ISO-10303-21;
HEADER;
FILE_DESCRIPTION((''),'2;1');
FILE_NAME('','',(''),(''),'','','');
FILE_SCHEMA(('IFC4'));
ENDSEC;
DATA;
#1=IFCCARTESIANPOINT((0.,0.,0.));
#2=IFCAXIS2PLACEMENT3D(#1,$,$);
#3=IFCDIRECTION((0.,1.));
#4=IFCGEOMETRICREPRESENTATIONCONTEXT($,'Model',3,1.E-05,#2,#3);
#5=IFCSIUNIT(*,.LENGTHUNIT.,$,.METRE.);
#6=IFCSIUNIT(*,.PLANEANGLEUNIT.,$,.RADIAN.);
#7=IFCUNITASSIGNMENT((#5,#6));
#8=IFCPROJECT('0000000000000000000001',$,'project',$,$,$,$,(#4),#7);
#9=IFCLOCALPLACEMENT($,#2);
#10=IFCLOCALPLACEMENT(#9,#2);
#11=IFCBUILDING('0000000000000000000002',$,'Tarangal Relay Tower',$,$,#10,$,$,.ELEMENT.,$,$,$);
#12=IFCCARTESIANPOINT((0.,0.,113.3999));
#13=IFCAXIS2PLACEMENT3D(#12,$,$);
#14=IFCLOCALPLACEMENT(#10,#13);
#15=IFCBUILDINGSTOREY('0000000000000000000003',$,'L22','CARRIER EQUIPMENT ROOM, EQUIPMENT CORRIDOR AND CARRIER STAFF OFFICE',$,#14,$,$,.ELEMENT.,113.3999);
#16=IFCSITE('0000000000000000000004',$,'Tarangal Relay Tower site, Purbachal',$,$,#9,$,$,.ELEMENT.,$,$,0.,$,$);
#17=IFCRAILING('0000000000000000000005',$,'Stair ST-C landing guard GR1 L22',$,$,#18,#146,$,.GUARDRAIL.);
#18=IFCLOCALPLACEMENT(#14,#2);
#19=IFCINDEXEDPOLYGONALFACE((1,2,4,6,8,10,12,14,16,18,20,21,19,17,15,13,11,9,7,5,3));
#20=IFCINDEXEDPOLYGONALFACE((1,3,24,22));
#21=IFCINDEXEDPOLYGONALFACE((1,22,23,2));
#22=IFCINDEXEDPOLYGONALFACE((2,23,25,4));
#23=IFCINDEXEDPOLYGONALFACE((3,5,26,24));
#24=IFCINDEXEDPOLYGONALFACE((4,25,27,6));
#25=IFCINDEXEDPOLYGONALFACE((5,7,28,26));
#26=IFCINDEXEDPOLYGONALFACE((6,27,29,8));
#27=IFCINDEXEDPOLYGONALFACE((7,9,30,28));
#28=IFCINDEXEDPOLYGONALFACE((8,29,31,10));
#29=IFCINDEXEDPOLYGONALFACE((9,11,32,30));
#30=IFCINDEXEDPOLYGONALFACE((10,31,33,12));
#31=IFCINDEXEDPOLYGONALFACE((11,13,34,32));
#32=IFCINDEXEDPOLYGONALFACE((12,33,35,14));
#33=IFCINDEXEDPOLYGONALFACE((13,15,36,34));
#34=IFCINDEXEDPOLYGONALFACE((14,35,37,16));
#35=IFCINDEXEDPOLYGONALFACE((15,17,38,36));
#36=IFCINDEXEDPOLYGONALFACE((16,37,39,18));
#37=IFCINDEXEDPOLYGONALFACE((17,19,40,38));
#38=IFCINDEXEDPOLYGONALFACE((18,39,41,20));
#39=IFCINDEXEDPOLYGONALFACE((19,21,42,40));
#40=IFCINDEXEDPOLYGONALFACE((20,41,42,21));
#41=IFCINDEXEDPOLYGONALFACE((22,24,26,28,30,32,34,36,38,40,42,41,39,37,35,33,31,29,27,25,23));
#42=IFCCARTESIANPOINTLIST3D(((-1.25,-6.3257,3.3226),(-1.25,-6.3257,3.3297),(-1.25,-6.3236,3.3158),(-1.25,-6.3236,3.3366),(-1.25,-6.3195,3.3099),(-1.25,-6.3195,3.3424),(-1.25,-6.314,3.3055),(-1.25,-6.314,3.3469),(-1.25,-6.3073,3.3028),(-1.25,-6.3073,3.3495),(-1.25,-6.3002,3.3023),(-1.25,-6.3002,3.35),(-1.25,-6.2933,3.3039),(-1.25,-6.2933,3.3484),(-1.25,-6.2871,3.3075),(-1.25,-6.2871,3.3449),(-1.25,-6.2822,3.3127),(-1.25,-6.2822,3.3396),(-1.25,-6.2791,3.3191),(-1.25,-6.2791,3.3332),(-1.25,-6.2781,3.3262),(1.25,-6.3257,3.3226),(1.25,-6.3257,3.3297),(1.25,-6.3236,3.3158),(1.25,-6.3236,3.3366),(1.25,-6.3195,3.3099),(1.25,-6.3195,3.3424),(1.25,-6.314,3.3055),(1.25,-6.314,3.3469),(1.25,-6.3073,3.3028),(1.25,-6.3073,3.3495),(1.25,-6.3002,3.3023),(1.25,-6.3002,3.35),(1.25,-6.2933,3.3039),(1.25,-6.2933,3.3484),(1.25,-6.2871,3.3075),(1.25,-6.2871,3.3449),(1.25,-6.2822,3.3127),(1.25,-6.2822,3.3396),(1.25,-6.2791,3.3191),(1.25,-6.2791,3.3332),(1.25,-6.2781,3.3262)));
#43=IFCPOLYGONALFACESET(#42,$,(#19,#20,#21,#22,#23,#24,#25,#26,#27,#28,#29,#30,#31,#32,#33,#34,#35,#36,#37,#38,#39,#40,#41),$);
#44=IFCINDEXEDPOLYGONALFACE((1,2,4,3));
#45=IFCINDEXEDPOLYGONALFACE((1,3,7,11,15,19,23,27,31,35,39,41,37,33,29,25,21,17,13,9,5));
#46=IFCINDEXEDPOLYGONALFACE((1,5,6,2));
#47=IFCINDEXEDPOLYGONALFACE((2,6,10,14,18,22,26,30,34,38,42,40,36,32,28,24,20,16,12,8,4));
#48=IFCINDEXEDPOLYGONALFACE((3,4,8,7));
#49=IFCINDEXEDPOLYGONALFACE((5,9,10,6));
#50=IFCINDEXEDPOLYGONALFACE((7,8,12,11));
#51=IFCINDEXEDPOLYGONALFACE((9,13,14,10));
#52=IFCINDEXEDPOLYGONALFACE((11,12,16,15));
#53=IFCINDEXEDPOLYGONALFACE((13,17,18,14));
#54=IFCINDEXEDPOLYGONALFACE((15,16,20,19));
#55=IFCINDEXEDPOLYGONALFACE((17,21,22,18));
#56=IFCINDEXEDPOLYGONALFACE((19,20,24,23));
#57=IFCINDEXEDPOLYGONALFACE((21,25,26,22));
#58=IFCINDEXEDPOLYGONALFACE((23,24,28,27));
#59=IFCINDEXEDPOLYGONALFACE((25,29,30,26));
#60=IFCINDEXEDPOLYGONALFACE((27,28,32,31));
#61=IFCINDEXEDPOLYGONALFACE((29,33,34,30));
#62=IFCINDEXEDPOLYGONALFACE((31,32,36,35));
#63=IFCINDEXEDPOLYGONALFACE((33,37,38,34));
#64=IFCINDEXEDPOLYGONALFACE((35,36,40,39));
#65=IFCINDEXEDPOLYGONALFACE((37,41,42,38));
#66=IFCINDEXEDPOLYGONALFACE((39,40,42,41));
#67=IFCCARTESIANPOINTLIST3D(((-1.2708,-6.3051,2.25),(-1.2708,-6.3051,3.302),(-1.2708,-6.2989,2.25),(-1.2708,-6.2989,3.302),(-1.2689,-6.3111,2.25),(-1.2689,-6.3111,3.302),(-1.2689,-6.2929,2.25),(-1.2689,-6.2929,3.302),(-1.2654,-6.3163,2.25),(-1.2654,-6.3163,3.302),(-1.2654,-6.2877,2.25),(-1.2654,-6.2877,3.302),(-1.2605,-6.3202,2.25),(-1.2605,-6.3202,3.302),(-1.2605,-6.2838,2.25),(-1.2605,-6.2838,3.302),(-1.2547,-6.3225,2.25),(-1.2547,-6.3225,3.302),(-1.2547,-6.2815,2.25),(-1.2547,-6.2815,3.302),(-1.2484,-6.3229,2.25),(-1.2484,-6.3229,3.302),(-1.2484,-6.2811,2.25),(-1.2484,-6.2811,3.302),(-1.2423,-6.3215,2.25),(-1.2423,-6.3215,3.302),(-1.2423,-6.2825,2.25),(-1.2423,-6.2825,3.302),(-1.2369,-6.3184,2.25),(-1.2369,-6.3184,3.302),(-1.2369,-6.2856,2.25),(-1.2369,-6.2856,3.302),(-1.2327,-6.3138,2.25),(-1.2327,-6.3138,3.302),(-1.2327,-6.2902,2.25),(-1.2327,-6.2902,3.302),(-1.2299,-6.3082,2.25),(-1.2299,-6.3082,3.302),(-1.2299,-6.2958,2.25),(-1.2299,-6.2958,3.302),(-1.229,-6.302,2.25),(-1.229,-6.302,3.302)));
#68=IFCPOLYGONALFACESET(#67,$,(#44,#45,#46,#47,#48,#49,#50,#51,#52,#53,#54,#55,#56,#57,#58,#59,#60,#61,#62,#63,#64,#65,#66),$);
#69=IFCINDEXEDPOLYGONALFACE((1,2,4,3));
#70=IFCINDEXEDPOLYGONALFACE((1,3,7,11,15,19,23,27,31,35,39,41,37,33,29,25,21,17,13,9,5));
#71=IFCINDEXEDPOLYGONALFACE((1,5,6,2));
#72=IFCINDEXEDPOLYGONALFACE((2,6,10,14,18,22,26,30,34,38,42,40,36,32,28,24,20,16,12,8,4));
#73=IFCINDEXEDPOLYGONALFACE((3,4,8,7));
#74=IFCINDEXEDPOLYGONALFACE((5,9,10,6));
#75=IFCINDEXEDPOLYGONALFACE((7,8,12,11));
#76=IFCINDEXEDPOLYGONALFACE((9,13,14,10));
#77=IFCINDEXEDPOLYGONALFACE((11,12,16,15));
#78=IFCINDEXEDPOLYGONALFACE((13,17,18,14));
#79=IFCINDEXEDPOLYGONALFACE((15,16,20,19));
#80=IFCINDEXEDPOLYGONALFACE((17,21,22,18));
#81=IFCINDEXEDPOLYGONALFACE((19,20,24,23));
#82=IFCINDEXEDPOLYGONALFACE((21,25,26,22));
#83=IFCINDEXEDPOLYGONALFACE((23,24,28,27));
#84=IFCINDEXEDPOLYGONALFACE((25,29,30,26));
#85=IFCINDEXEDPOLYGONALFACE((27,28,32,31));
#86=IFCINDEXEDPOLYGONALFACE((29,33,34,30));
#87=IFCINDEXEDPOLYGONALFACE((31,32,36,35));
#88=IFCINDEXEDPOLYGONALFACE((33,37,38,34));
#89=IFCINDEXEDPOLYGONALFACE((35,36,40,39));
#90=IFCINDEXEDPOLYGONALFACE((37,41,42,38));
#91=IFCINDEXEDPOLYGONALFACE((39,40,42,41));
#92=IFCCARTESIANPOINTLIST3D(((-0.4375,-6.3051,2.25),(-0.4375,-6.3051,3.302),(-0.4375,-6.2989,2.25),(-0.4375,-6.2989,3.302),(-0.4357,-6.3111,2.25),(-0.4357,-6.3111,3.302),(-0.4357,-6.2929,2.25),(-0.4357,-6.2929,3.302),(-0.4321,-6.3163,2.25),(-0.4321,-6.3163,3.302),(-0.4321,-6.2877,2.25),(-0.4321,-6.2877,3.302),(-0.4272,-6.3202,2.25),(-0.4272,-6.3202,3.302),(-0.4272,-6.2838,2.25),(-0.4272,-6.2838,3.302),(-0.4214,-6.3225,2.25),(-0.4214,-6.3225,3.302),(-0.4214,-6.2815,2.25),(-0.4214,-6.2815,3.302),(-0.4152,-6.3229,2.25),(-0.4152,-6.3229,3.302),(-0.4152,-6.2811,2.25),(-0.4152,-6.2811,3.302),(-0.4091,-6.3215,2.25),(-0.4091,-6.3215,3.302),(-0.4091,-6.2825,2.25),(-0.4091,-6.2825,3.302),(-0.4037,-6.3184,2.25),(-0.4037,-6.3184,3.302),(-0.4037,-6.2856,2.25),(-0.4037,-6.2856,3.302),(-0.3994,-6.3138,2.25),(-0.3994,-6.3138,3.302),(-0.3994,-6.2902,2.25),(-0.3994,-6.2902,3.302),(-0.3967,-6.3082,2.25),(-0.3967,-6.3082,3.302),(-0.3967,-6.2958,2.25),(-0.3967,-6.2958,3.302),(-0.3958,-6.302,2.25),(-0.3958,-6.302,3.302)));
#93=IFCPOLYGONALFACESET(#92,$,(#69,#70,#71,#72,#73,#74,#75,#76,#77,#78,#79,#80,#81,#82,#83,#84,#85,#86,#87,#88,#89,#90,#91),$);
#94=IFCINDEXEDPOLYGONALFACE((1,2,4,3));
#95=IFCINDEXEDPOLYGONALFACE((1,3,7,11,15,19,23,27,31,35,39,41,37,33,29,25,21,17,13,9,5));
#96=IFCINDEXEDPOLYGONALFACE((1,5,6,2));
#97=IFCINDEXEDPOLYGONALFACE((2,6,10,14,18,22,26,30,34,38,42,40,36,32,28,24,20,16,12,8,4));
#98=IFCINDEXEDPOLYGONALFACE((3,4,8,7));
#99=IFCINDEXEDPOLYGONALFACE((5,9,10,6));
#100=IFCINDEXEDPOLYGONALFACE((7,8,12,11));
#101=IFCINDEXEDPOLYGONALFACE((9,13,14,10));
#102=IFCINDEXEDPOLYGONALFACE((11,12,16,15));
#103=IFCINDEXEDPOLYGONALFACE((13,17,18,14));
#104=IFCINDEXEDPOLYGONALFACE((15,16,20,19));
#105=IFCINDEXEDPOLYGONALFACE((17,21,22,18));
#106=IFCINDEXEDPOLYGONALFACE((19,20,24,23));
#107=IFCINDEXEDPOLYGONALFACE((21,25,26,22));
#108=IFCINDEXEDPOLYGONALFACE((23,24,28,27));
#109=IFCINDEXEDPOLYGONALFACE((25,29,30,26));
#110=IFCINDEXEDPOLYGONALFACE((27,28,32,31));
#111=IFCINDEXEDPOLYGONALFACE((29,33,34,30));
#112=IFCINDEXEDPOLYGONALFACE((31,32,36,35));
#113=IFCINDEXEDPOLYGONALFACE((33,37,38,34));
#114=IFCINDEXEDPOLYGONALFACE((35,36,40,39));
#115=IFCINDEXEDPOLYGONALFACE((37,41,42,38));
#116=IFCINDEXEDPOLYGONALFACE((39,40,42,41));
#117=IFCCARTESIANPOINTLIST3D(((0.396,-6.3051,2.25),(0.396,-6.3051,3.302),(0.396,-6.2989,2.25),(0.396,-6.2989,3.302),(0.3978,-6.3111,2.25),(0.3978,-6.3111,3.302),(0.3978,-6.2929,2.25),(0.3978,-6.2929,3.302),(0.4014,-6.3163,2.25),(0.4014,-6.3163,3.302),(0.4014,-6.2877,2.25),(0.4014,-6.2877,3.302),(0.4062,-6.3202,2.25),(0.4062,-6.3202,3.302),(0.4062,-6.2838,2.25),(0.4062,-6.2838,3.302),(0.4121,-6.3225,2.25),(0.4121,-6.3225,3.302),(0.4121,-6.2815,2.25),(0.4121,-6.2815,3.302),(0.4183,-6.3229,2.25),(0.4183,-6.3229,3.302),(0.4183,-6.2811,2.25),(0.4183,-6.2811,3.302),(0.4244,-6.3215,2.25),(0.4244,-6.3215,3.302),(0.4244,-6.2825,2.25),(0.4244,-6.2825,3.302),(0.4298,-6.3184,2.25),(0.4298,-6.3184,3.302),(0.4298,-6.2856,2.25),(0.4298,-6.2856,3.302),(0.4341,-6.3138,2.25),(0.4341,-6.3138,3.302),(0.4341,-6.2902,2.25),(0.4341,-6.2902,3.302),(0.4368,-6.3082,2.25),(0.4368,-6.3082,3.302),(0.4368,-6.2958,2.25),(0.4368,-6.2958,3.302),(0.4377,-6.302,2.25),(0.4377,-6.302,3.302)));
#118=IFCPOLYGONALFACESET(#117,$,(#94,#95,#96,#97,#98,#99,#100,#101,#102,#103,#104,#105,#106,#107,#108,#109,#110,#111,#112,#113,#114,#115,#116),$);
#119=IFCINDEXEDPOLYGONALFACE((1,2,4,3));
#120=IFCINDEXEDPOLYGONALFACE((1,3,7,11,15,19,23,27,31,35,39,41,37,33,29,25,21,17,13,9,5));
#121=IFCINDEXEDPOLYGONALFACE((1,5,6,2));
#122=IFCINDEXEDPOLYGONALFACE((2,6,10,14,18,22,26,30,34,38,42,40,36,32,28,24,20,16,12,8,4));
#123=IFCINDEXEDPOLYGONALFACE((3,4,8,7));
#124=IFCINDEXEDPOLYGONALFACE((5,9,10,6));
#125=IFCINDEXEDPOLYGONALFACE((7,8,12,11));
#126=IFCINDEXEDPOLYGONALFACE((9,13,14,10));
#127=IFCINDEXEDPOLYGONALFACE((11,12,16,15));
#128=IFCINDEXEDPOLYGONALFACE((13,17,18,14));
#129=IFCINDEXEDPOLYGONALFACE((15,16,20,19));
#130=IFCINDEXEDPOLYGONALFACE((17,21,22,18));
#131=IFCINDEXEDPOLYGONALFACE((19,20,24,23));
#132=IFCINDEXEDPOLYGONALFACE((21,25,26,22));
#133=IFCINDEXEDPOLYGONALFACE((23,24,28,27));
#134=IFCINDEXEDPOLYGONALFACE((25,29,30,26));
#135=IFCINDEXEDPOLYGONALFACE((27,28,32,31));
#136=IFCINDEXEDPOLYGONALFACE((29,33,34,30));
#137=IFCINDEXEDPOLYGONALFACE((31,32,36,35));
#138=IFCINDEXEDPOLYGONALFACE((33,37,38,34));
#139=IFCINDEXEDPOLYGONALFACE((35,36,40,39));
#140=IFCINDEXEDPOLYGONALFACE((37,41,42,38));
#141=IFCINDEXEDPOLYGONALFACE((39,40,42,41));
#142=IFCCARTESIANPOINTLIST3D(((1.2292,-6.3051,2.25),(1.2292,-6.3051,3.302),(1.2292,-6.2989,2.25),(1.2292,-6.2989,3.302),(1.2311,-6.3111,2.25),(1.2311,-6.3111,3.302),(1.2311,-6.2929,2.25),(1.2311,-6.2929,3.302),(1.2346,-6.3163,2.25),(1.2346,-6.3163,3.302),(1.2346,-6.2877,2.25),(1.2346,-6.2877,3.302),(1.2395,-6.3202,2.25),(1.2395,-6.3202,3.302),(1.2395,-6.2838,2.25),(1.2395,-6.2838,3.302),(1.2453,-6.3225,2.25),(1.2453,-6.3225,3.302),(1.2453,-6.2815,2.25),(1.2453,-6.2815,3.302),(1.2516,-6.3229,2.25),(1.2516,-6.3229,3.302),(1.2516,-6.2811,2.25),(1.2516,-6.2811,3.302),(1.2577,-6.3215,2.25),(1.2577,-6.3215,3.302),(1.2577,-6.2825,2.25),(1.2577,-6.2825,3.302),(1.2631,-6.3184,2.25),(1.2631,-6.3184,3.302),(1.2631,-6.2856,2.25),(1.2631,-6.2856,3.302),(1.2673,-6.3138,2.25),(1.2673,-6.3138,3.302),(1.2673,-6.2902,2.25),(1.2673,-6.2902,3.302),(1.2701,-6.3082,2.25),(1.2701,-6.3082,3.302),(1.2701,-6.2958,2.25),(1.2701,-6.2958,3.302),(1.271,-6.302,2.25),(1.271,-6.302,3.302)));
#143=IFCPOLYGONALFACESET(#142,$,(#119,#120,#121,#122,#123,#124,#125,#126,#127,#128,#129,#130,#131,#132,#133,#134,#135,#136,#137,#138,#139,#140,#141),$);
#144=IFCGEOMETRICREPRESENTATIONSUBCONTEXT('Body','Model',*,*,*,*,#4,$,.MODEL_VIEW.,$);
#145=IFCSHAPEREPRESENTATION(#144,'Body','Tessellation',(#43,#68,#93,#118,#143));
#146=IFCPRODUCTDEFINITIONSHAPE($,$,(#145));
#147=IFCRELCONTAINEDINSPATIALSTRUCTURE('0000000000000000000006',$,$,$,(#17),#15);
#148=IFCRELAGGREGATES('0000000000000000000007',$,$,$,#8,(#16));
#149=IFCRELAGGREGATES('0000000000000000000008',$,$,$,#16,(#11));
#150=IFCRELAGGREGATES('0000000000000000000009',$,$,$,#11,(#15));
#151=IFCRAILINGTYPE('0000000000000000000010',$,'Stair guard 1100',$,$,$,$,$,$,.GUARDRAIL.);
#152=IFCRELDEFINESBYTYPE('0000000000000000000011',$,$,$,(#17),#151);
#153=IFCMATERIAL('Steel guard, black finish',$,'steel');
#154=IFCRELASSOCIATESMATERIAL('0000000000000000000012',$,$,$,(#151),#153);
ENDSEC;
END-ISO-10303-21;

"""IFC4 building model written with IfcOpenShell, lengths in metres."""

from ifc_helpers import new_model, si_unit, direction, frame, origin, origin_2d, place, context, subcontext, project, spatial, circle, extrude, material, type_object, element, save


model = new_model("IFC4")

# Units and contexts
model_context = context("Model", 3, precision=1e-05, world=origin(), true_north=direction((0.0, 1.0)))
body_context = subcontext(model_context, "Body", "Model", "MODEL_VIEW")
ifc_project = project(units=[si_unit("LENGTHUNIT", "METRE"), si_unit("PLANEANGLEUNIT", "RADIAN")], contexts=[model_context])

# Site, building, storey
site_placement = place(None, origin())
site = spatial("IfcSite", under=ifc_project, at=site_placement, Name="Tarangal Relay Tower site, Purbachal", CompositionType="ELEMENT", RefElevation=0.0)
building_placement = place(site_placement, origin())
building = spatial("IfcBuilding", under=site, at=building_placement, Name="Tarangal Relay Tower", CompositionType="ELEMENT")
storey_placement = place(building_placement, frame((0.0, 0.0, 113.3999)))
storey = spatial("IfcBuildingStorey", under=building, at=storey_placement, Name="L22", Description="CARRIER EQUIPMENT ROOM, EQUIPMENT CORRIDOR AND CARRIER STAFF OFFICE", CompositionType="ELEMENT", Elevation=113.3999)

# Railing
ifc_material_1 = material(Name="Steel guard, black finish", Category="steel")
railing_type_1 = type_object("IfcRailingType", Name="Stair guard 1100", PredefinedType="GUARDRAIL", material=ifc_material_1)
for number, where, name in (
    (1, (-1.25, -6.302, 2.25), "Stair ST-C landing guard GR1 L22"),
):
    element("IfcRailing", number, at=place(storey_placement, frame(where)), inside=storey, type_object=railing_type_1, Name=name, PredefinedType="GUARDRAIL", context=body_context, shape_type="SweptSolid", body=[
        extrude(circle(Radius=0.0239, at=origin_2d()), frame((0.0, 0.0, 1.0762), z_axis=(1.0, 0.0, 0.0), x_axis=(0.0, 1.0, 0.0)), (0.0, 0.0, 1.0), 2.5),
        extrude(circle(Radius=0.021, at=origin_2d()), origin(), (0.0, 0.0, 1.0), 1.052),
        extrude(circle(Radius=0.021, at=origin_2d()), frame((0.8333, 0.0, 0.0)), (0.0, 0.0, 1.0), 1.052),
        extrude(circle(Radius=0.021, at=origin_2d()), frame((1.6667, 0.0, 0.0)), (0.0, 0.0, 1.0), 1.052),
        extrude(circle(Radius=0.021, at=origin_2d()), frame((2.5, 0.0, 0.0)), (0.0, 0.0, 1.0), 1.052),
    ])

save(model, "model.ifc")
